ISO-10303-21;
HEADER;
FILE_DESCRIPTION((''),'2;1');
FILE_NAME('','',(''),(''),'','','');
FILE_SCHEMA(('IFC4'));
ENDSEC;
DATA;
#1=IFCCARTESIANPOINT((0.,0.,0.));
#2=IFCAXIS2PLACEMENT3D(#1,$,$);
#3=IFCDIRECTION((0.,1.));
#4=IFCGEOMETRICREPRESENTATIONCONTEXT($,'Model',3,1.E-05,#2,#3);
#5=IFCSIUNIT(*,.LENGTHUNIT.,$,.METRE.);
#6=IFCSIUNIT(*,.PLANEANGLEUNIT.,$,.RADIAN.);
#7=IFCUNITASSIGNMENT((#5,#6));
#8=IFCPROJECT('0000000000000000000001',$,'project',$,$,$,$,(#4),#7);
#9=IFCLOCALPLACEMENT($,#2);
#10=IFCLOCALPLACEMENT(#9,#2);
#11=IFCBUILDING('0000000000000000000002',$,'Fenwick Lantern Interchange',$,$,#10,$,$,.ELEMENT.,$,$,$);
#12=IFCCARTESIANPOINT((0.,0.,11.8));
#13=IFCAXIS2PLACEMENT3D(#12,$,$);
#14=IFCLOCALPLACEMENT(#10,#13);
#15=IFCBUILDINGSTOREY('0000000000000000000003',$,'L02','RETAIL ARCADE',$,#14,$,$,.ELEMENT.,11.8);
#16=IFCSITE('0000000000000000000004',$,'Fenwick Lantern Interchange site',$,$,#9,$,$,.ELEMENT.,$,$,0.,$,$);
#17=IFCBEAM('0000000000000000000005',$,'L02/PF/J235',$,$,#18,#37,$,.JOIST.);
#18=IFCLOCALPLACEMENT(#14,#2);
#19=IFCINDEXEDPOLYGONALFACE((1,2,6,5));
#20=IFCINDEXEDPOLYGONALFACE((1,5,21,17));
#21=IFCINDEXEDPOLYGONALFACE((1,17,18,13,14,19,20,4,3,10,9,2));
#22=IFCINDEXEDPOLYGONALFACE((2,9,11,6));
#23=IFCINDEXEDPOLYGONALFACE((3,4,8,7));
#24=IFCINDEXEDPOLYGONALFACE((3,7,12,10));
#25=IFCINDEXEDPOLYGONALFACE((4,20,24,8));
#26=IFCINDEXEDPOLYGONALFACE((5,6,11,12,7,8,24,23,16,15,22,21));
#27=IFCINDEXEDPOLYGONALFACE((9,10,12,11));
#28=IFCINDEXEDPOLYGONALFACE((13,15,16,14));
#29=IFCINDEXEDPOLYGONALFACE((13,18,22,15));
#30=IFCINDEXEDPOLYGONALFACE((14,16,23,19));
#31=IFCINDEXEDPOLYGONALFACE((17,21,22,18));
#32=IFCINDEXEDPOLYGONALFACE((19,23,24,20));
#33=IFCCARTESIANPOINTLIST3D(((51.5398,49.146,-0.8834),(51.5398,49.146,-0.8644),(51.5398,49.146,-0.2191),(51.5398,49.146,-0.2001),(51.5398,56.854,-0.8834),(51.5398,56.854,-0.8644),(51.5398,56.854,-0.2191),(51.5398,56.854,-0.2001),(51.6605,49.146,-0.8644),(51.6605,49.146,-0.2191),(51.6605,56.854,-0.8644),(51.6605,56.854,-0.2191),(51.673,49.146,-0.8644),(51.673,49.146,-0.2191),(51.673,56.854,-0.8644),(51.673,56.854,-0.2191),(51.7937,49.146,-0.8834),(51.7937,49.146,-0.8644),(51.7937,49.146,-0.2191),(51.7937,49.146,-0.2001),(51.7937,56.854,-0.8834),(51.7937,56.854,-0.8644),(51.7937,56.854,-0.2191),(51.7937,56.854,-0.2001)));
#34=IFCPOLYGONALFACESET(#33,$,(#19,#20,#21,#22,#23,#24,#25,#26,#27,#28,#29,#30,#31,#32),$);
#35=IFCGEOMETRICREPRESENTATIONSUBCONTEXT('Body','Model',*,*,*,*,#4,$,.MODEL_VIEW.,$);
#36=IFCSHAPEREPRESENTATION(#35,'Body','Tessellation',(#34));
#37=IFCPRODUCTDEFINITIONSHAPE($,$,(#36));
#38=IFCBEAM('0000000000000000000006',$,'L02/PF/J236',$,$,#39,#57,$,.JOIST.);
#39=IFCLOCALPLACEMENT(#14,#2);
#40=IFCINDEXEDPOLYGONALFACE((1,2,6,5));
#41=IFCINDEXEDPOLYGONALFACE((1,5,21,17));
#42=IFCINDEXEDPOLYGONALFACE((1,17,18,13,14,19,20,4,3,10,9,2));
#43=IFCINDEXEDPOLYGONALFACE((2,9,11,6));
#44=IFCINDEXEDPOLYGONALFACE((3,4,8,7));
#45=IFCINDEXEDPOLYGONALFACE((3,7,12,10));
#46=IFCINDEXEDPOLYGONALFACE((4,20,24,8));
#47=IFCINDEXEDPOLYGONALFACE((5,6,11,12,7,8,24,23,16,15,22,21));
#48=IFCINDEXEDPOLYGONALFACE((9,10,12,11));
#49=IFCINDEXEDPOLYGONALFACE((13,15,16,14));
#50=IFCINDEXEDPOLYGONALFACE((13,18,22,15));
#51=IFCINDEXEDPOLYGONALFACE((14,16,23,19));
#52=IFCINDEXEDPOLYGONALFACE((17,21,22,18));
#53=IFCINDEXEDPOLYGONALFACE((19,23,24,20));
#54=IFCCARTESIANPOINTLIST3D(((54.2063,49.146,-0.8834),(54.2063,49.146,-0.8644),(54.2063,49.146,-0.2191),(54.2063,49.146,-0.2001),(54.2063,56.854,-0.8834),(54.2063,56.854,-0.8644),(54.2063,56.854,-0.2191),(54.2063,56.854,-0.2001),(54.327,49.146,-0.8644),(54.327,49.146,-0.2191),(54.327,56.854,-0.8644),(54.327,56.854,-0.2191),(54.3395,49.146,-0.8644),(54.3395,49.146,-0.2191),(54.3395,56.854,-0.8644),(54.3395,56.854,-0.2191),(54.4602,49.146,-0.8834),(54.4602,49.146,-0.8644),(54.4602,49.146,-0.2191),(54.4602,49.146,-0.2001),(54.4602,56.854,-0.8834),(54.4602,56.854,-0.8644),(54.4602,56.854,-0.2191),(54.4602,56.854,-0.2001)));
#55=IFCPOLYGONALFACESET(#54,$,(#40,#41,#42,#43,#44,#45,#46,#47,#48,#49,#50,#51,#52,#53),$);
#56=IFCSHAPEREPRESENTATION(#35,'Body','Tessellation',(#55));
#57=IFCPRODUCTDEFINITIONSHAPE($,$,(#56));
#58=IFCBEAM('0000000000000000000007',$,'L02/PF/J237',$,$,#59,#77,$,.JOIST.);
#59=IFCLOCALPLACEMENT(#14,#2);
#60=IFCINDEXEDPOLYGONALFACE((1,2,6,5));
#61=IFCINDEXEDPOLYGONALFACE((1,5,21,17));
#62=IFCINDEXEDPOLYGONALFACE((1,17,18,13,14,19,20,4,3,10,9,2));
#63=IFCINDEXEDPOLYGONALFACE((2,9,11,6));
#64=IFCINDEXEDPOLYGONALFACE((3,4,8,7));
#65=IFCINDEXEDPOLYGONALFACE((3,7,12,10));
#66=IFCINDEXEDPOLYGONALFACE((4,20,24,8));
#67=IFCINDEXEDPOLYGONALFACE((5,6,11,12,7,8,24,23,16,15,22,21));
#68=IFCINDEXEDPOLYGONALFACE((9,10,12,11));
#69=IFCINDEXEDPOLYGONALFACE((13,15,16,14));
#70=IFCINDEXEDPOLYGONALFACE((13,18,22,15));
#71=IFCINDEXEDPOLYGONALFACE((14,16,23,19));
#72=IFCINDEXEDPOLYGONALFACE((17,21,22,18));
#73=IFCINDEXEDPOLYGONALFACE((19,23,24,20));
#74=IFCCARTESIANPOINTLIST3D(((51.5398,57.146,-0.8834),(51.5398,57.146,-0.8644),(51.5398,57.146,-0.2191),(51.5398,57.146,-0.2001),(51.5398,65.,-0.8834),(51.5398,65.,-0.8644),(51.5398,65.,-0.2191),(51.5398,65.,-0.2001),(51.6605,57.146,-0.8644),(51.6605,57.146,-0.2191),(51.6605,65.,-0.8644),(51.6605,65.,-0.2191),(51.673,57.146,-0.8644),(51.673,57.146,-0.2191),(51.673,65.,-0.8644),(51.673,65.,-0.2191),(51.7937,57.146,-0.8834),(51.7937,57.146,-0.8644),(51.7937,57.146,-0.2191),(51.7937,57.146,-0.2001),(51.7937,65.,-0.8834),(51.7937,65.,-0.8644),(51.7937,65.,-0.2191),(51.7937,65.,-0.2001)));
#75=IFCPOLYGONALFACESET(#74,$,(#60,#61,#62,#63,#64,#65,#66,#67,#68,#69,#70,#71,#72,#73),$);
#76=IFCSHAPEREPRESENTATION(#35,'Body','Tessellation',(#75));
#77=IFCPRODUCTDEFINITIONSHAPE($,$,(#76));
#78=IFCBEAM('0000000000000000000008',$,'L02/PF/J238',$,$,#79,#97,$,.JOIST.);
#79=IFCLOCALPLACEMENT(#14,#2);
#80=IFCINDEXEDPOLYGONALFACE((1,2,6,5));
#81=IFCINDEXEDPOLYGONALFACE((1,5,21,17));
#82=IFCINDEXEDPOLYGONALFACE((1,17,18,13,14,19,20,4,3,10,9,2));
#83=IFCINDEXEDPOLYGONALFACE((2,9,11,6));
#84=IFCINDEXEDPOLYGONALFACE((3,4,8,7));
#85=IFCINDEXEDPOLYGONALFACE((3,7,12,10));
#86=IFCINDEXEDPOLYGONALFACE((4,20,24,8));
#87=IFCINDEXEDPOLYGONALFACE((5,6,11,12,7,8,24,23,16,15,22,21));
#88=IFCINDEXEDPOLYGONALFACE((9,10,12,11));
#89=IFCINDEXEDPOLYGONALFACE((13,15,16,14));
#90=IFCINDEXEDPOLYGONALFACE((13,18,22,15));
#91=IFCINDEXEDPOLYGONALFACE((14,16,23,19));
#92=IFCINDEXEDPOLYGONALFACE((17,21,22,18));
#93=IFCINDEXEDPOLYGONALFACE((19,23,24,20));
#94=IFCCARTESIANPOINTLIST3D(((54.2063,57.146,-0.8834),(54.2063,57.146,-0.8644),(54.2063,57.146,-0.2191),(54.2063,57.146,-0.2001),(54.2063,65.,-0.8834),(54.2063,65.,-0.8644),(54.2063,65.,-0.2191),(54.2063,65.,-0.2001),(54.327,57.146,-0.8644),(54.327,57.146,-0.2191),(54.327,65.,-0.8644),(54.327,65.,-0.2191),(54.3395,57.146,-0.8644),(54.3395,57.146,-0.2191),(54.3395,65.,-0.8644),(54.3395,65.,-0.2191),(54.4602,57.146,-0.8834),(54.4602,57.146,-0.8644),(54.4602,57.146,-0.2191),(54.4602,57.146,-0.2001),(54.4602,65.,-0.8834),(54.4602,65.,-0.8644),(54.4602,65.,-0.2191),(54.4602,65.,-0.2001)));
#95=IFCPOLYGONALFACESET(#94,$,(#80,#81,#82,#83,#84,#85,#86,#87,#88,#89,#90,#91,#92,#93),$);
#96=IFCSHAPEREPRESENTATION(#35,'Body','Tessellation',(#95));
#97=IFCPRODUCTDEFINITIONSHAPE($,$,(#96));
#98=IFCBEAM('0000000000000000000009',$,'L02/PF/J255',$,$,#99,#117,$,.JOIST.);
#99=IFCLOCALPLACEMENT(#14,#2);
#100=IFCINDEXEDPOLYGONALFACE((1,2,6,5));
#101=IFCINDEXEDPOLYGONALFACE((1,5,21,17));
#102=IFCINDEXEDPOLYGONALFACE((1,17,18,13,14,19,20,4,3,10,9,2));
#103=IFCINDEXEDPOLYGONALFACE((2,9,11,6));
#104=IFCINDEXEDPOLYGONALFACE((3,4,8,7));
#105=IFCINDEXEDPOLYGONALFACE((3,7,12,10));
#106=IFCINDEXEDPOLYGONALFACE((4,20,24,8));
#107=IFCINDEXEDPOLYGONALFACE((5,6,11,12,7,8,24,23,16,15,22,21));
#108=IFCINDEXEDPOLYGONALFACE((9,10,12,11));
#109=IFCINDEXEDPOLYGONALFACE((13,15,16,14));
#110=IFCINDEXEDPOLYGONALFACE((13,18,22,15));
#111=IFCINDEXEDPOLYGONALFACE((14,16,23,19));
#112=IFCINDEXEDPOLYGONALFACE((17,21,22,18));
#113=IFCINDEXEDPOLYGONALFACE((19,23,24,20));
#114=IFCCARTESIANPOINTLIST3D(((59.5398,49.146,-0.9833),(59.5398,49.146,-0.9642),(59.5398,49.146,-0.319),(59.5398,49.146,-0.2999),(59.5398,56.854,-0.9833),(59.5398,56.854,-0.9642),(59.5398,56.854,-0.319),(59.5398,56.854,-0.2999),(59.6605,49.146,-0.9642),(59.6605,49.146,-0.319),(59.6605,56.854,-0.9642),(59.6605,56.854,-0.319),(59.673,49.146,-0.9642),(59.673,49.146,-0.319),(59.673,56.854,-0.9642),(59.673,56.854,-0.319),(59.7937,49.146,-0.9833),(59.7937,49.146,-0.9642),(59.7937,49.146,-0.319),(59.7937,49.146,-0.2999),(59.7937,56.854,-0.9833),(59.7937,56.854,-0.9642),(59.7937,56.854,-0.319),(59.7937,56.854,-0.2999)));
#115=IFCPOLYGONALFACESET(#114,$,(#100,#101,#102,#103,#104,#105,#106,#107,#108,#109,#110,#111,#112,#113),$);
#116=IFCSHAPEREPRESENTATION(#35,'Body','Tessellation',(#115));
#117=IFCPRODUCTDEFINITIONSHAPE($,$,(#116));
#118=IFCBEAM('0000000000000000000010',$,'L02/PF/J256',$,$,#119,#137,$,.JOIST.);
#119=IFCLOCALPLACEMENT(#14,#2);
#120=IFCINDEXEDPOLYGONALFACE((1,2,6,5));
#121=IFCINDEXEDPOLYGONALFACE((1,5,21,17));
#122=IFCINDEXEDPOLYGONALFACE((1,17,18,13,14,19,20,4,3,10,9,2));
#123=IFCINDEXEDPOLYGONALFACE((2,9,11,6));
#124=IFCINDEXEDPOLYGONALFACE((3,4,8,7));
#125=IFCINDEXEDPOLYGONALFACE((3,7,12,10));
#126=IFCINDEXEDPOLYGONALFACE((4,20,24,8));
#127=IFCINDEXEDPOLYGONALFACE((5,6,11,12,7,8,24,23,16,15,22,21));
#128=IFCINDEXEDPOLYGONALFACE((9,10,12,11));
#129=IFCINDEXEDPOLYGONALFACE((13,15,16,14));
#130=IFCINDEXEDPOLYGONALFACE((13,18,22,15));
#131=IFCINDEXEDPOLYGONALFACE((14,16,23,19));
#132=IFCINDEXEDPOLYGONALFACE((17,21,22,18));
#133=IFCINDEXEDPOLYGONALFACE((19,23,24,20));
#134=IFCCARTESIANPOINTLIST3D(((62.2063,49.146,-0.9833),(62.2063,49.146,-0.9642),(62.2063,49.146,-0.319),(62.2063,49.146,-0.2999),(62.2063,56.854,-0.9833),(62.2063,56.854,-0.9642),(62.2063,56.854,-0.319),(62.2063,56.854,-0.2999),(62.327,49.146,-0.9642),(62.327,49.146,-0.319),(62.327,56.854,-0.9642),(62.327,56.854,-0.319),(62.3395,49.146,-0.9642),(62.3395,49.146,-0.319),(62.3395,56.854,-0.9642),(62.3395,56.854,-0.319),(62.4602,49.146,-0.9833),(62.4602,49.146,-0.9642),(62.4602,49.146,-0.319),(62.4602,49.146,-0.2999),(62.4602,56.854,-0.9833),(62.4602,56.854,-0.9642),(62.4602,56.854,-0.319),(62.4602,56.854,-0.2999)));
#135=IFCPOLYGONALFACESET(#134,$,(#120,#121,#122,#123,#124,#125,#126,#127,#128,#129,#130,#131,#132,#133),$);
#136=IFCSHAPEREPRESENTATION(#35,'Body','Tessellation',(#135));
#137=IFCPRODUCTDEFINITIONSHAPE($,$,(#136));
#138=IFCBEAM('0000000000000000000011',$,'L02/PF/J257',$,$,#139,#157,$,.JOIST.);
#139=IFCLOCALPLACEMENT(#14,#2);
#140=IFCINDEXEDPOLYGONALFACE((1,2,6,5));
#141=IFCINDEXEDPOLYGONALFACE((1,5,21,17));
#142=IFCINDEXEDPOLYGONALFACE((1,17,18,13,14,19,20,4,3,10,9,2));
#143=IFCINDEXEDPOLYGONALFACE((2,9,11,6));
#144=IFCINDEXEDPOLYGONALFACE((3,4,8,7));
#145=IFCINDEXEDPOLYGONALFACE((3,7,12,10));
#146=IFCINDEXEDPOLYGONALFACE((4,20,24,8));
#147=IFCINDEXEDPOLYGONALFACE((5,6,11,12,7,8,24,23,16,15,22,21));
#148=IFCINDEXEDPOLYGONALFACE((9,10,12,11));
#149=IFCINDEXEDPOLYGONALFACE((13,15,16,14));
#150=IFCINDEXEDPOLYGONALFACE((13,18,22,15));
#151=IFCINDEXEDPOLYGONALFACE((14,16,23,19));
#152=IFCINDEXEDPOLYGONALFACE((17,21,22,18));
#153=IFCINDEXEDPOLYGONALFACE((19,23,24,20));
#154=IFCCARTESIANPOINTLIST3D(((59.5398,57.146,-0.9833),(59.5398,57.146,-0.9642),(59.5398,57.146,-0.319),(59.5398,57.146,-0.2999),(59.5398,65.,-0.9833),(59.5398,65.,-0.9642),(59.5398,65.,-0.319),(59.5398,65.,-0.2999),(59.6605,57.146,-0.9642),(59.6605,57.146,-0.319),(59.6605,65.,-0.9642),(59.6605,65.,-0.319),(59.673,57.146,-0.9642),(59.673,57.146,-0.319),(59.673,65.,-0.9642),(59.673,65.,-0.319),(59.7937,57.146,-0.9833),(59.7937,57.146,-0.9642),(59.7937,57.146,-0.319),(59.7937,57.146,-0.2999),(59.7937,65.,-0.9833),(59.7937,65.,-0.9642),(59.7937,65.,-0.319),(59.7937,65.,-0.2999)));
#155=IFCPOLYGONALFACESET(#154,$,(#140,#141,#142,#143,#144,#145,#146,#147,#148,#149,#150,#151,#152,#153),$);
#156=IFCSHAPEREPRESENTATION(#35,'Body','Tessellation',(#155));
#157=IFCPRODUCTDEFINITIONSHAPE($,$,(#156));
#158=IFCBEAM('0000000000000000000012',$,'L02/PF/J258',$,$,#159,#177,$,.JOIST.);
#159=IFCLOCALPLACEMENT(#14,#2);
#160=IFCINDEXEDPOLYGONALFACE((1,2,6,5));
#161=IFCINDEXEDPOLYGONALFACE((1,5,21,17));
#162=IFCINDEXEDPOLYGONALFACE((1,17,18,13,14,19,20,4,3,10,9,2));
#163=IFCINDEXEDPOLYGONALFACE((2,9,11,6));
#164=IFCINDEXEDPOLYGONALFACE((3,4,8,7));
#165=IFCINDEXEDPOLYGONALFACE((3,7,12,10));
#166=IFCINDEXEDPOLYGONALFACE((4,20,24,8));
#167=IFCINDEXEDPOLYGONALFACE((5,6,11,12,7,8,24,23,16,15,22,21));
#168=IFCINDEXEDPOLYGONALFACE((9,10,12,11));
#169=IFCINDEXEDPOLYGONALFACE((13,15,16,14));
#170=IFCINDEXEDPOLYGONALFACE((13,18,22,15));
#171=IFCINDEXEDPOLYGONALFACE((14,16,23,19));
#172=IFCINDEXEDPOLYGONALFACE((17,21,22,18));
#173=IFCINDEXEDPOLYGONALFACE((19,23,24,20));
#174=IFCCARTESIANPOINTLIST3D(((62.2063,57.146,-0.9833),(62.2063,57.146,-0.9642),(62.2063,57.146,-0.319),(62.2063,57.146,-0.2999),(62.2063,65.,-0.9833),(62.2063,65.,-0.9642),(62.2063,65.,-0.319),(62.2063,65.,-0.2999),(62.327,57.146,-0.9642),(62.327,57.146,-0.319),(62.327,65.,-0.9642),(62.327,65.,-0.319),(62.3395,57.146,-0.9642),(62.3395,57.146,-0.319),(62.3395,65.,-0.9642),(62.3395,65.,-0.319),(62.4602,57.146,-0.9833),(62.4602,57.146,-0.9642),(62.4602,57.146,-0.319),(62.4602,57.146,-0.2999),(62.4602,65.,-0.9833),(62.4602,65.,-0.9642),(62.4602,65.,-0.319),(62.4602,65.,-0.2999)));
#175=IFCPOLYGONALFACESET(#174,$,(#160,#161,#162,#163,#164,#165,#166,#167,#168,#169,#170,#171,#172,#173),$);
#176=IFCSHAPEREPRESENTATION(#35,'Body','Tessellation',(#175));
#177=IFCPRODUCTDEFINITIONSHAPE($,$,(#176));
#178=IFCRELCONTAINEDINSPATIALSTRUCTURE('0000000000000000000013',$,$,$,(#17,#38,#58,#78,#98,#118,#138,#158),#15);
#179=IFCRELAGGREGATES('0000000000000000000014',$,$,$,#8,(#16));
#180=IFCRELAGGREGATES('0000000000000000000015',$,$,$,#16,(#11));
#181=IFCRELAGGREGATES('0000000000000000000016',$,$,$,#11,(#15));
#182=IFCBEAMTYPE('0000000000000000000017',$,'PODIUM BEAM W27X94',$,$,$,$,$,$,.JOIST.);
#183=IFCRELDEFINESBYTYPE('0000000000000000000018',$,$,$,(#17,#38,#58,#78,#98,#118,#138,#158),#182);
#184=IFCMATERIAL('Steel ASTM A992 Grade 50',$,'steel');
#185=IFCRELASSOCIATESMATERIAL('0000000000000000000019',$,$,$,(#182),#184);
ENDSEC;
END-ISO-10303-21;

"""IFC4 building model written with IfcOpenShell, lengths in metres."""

from ifc_helpers import new_model, si_unit, direction, frame, origin, origin_2d, place, context, subcontext, project, spatial, i_section, extrude, material, material_profile, profile_set, type_object, element, save


model = new_model("IFC4")

# Units and contexts
model_context = context("Model", 3, precision=1e-05, world=origin(), true_north=direction((0.0, 1.0)))
body_context = subcontext(model_context, "Body", "Model", "MODEL_VIEW")
ifc_project = project(units=[si_unit("LENGTHUNIT", "METRE"), si_unit("PLANEANGLEUNIT", "RADIAN")], contexts=[model_context])

# Site, building, storey
site_placement = place(None, origin())
site = spatial("IfcSite", under=ifc_project, at=site_placement, Name="Fenwick Lantern Interchange site", CompositionType="ELEMENT", RefElevation=0.0)
building_placement = place(site_placement, origin())
building = spatial("IfcBuilding", under=site, at=building_placement, Name="Fenwick Lantern Interchange", CompositionType="ELEMENT")
storey_placement = place(building_placement, frame((0.0, 0.0, 11.8)))
storey = spatial("IfcBuildingStorey", under=building, at=storey_placement, Name="L02", Description="RETAIL ARCADE", CompositionType="ELEMENT", Elevation=11.8)

# Shared definitions
ifc_material_1 = material(Name="Steel ASTM A992 Grade 50", Category="steel")

# Beams
ifc_material_profile_1 = material_profile(ifc_material_1, i_section(OverallWidth=0.2539, OverallDepth=0.6833, WebThickness=0.0125, FlangeThickness=0.019, at=origin_2d()), Name="W27X94")
ifc_profile_set_1 = profile_set([ifc_material_profile_1], Name="Steel ASTM A992 Grade 50")
beam_type_1 = type_object("IfcBeamType", Name="PODIUM BEAM W27X94", PredefinedType="JOIST", material=ifc_profile_set_1)
for number, where, z_axis, x_axis, name in (
    (1, (51.6667, 49.146, -0.5417), (0.0, 1.0, 0.0), (-1.0, 0.0, 0.0), "L02/PF/J235"),
    (2, (54.3333, 49.146, -0.5417), (0.0, 1.0, 0.0), (-1.0, 0.0, 0.0), "L02/PF/J236"),
):
    element("IfcBeam", number, at=place(storey_placement, frame(where, z_axis=z_axis, x_axis=x_axis)), inside=storey, type_object=beam_type_1, Name=name, PredefinedType="JOIST", context=body_context, shape_type="SweptSolid", body=[
        extrude(i_section(OverallWidth=0.2539, OverallDepth=0.6833, WebThickness=0.0125, FlangeThickness=0.019, at=origin_2d()), origin(), (0.0, 0.0, 1.0), 7.708),
    ])
for number, where, z_axis, x_axis, name in (
    (3, (51.6667, 57.146, -0.5417), (0.0, 1.0, 0.0), (-1.0, 0.0, 0.0), "L02/PF/J237"),
    (4, (54.3333, 57.146, -0.5417), (0.0, 1.0, 0.0), (-1.0, 0.0, 0.0), "L02/PF/J238"),
):
    element("IfcBeam", number, at=place(storey_placement, frame(where, z_axis=z_axis, x_axis=x_axis)), inside=storey, type_object=beam_type_1, Name=name, PredefinedType="JOIST", context=body_context, shape_type="SweptSolid", body=[
        extrude(i_section(OverallWidth=0.2539, OverallDepth=0.6833, WebThickness=0.0125, FlangeThickness=0.019, at=origin_2d()), origin(), (0.0, 0.0, 1.0), 7.854),
    ])
for number, where, z_axis, x_axis, name in (
    (5, (59.6667, 49.146, -0.6416), (0.0, 1.0, 0.0), (-1.0, 0.0, 0.0), "L02/PF/J255"),
    (6, (62.3333, 49.146, -0.6416), (0.0, 1.0, 0.0), (-1.0, 0.0, 0.0), "L02/PF/J256"),
):
    element("IfcBeam", number, at=place(storey_placement, frame(where, z_axis=z_axis, x_axis=x_axis)), inside=storey, type_object=beam_type_1, Name=name, PredefinedType="JOIST", context=body_context, shape_type="SweptSolid", body=[
        extrude(i_section(OverallWidth=0.2539, OverallDepth=0.6833, WebThickness=0.0125, FlangeThickness=0.019, at=origin_2d()), origin(), (0.0, 0.0, 1.0), 7.708),
    ])
for number, where, z_axis, x_axis, name in (
    (7, (59.6667, 57.146, -0.6416), (0.0, 1.0, 0.0), (-1.0, 0.0, 0.0), "L02/PF/J257"),
    (8, (62.3333, 57.146, -0.6416), (0.0, 1.0, 0.0), (-1.0, 0.0, 0.0), "L02/PF/J258"),
):
    element("IfcBeam", number, at=place(storey_placement, frame(where, z_axis=z_axis, x_axis=x_axis)), inside=storey, type_object=beam_type_1, Name=name, PredefinedType="JOIST", context=body_context, shape_type="SweptSolid", body=[
        extrude(i_section(OverallWidth=0.2539, OverallDepth=0.6833, WebThickness=0.0125, FlangeThickness=0.019, at=origin_2d()), origin(), (0.0, 0.0, 1.0), 7.854),
    ])

save(model, "model.ifc")
